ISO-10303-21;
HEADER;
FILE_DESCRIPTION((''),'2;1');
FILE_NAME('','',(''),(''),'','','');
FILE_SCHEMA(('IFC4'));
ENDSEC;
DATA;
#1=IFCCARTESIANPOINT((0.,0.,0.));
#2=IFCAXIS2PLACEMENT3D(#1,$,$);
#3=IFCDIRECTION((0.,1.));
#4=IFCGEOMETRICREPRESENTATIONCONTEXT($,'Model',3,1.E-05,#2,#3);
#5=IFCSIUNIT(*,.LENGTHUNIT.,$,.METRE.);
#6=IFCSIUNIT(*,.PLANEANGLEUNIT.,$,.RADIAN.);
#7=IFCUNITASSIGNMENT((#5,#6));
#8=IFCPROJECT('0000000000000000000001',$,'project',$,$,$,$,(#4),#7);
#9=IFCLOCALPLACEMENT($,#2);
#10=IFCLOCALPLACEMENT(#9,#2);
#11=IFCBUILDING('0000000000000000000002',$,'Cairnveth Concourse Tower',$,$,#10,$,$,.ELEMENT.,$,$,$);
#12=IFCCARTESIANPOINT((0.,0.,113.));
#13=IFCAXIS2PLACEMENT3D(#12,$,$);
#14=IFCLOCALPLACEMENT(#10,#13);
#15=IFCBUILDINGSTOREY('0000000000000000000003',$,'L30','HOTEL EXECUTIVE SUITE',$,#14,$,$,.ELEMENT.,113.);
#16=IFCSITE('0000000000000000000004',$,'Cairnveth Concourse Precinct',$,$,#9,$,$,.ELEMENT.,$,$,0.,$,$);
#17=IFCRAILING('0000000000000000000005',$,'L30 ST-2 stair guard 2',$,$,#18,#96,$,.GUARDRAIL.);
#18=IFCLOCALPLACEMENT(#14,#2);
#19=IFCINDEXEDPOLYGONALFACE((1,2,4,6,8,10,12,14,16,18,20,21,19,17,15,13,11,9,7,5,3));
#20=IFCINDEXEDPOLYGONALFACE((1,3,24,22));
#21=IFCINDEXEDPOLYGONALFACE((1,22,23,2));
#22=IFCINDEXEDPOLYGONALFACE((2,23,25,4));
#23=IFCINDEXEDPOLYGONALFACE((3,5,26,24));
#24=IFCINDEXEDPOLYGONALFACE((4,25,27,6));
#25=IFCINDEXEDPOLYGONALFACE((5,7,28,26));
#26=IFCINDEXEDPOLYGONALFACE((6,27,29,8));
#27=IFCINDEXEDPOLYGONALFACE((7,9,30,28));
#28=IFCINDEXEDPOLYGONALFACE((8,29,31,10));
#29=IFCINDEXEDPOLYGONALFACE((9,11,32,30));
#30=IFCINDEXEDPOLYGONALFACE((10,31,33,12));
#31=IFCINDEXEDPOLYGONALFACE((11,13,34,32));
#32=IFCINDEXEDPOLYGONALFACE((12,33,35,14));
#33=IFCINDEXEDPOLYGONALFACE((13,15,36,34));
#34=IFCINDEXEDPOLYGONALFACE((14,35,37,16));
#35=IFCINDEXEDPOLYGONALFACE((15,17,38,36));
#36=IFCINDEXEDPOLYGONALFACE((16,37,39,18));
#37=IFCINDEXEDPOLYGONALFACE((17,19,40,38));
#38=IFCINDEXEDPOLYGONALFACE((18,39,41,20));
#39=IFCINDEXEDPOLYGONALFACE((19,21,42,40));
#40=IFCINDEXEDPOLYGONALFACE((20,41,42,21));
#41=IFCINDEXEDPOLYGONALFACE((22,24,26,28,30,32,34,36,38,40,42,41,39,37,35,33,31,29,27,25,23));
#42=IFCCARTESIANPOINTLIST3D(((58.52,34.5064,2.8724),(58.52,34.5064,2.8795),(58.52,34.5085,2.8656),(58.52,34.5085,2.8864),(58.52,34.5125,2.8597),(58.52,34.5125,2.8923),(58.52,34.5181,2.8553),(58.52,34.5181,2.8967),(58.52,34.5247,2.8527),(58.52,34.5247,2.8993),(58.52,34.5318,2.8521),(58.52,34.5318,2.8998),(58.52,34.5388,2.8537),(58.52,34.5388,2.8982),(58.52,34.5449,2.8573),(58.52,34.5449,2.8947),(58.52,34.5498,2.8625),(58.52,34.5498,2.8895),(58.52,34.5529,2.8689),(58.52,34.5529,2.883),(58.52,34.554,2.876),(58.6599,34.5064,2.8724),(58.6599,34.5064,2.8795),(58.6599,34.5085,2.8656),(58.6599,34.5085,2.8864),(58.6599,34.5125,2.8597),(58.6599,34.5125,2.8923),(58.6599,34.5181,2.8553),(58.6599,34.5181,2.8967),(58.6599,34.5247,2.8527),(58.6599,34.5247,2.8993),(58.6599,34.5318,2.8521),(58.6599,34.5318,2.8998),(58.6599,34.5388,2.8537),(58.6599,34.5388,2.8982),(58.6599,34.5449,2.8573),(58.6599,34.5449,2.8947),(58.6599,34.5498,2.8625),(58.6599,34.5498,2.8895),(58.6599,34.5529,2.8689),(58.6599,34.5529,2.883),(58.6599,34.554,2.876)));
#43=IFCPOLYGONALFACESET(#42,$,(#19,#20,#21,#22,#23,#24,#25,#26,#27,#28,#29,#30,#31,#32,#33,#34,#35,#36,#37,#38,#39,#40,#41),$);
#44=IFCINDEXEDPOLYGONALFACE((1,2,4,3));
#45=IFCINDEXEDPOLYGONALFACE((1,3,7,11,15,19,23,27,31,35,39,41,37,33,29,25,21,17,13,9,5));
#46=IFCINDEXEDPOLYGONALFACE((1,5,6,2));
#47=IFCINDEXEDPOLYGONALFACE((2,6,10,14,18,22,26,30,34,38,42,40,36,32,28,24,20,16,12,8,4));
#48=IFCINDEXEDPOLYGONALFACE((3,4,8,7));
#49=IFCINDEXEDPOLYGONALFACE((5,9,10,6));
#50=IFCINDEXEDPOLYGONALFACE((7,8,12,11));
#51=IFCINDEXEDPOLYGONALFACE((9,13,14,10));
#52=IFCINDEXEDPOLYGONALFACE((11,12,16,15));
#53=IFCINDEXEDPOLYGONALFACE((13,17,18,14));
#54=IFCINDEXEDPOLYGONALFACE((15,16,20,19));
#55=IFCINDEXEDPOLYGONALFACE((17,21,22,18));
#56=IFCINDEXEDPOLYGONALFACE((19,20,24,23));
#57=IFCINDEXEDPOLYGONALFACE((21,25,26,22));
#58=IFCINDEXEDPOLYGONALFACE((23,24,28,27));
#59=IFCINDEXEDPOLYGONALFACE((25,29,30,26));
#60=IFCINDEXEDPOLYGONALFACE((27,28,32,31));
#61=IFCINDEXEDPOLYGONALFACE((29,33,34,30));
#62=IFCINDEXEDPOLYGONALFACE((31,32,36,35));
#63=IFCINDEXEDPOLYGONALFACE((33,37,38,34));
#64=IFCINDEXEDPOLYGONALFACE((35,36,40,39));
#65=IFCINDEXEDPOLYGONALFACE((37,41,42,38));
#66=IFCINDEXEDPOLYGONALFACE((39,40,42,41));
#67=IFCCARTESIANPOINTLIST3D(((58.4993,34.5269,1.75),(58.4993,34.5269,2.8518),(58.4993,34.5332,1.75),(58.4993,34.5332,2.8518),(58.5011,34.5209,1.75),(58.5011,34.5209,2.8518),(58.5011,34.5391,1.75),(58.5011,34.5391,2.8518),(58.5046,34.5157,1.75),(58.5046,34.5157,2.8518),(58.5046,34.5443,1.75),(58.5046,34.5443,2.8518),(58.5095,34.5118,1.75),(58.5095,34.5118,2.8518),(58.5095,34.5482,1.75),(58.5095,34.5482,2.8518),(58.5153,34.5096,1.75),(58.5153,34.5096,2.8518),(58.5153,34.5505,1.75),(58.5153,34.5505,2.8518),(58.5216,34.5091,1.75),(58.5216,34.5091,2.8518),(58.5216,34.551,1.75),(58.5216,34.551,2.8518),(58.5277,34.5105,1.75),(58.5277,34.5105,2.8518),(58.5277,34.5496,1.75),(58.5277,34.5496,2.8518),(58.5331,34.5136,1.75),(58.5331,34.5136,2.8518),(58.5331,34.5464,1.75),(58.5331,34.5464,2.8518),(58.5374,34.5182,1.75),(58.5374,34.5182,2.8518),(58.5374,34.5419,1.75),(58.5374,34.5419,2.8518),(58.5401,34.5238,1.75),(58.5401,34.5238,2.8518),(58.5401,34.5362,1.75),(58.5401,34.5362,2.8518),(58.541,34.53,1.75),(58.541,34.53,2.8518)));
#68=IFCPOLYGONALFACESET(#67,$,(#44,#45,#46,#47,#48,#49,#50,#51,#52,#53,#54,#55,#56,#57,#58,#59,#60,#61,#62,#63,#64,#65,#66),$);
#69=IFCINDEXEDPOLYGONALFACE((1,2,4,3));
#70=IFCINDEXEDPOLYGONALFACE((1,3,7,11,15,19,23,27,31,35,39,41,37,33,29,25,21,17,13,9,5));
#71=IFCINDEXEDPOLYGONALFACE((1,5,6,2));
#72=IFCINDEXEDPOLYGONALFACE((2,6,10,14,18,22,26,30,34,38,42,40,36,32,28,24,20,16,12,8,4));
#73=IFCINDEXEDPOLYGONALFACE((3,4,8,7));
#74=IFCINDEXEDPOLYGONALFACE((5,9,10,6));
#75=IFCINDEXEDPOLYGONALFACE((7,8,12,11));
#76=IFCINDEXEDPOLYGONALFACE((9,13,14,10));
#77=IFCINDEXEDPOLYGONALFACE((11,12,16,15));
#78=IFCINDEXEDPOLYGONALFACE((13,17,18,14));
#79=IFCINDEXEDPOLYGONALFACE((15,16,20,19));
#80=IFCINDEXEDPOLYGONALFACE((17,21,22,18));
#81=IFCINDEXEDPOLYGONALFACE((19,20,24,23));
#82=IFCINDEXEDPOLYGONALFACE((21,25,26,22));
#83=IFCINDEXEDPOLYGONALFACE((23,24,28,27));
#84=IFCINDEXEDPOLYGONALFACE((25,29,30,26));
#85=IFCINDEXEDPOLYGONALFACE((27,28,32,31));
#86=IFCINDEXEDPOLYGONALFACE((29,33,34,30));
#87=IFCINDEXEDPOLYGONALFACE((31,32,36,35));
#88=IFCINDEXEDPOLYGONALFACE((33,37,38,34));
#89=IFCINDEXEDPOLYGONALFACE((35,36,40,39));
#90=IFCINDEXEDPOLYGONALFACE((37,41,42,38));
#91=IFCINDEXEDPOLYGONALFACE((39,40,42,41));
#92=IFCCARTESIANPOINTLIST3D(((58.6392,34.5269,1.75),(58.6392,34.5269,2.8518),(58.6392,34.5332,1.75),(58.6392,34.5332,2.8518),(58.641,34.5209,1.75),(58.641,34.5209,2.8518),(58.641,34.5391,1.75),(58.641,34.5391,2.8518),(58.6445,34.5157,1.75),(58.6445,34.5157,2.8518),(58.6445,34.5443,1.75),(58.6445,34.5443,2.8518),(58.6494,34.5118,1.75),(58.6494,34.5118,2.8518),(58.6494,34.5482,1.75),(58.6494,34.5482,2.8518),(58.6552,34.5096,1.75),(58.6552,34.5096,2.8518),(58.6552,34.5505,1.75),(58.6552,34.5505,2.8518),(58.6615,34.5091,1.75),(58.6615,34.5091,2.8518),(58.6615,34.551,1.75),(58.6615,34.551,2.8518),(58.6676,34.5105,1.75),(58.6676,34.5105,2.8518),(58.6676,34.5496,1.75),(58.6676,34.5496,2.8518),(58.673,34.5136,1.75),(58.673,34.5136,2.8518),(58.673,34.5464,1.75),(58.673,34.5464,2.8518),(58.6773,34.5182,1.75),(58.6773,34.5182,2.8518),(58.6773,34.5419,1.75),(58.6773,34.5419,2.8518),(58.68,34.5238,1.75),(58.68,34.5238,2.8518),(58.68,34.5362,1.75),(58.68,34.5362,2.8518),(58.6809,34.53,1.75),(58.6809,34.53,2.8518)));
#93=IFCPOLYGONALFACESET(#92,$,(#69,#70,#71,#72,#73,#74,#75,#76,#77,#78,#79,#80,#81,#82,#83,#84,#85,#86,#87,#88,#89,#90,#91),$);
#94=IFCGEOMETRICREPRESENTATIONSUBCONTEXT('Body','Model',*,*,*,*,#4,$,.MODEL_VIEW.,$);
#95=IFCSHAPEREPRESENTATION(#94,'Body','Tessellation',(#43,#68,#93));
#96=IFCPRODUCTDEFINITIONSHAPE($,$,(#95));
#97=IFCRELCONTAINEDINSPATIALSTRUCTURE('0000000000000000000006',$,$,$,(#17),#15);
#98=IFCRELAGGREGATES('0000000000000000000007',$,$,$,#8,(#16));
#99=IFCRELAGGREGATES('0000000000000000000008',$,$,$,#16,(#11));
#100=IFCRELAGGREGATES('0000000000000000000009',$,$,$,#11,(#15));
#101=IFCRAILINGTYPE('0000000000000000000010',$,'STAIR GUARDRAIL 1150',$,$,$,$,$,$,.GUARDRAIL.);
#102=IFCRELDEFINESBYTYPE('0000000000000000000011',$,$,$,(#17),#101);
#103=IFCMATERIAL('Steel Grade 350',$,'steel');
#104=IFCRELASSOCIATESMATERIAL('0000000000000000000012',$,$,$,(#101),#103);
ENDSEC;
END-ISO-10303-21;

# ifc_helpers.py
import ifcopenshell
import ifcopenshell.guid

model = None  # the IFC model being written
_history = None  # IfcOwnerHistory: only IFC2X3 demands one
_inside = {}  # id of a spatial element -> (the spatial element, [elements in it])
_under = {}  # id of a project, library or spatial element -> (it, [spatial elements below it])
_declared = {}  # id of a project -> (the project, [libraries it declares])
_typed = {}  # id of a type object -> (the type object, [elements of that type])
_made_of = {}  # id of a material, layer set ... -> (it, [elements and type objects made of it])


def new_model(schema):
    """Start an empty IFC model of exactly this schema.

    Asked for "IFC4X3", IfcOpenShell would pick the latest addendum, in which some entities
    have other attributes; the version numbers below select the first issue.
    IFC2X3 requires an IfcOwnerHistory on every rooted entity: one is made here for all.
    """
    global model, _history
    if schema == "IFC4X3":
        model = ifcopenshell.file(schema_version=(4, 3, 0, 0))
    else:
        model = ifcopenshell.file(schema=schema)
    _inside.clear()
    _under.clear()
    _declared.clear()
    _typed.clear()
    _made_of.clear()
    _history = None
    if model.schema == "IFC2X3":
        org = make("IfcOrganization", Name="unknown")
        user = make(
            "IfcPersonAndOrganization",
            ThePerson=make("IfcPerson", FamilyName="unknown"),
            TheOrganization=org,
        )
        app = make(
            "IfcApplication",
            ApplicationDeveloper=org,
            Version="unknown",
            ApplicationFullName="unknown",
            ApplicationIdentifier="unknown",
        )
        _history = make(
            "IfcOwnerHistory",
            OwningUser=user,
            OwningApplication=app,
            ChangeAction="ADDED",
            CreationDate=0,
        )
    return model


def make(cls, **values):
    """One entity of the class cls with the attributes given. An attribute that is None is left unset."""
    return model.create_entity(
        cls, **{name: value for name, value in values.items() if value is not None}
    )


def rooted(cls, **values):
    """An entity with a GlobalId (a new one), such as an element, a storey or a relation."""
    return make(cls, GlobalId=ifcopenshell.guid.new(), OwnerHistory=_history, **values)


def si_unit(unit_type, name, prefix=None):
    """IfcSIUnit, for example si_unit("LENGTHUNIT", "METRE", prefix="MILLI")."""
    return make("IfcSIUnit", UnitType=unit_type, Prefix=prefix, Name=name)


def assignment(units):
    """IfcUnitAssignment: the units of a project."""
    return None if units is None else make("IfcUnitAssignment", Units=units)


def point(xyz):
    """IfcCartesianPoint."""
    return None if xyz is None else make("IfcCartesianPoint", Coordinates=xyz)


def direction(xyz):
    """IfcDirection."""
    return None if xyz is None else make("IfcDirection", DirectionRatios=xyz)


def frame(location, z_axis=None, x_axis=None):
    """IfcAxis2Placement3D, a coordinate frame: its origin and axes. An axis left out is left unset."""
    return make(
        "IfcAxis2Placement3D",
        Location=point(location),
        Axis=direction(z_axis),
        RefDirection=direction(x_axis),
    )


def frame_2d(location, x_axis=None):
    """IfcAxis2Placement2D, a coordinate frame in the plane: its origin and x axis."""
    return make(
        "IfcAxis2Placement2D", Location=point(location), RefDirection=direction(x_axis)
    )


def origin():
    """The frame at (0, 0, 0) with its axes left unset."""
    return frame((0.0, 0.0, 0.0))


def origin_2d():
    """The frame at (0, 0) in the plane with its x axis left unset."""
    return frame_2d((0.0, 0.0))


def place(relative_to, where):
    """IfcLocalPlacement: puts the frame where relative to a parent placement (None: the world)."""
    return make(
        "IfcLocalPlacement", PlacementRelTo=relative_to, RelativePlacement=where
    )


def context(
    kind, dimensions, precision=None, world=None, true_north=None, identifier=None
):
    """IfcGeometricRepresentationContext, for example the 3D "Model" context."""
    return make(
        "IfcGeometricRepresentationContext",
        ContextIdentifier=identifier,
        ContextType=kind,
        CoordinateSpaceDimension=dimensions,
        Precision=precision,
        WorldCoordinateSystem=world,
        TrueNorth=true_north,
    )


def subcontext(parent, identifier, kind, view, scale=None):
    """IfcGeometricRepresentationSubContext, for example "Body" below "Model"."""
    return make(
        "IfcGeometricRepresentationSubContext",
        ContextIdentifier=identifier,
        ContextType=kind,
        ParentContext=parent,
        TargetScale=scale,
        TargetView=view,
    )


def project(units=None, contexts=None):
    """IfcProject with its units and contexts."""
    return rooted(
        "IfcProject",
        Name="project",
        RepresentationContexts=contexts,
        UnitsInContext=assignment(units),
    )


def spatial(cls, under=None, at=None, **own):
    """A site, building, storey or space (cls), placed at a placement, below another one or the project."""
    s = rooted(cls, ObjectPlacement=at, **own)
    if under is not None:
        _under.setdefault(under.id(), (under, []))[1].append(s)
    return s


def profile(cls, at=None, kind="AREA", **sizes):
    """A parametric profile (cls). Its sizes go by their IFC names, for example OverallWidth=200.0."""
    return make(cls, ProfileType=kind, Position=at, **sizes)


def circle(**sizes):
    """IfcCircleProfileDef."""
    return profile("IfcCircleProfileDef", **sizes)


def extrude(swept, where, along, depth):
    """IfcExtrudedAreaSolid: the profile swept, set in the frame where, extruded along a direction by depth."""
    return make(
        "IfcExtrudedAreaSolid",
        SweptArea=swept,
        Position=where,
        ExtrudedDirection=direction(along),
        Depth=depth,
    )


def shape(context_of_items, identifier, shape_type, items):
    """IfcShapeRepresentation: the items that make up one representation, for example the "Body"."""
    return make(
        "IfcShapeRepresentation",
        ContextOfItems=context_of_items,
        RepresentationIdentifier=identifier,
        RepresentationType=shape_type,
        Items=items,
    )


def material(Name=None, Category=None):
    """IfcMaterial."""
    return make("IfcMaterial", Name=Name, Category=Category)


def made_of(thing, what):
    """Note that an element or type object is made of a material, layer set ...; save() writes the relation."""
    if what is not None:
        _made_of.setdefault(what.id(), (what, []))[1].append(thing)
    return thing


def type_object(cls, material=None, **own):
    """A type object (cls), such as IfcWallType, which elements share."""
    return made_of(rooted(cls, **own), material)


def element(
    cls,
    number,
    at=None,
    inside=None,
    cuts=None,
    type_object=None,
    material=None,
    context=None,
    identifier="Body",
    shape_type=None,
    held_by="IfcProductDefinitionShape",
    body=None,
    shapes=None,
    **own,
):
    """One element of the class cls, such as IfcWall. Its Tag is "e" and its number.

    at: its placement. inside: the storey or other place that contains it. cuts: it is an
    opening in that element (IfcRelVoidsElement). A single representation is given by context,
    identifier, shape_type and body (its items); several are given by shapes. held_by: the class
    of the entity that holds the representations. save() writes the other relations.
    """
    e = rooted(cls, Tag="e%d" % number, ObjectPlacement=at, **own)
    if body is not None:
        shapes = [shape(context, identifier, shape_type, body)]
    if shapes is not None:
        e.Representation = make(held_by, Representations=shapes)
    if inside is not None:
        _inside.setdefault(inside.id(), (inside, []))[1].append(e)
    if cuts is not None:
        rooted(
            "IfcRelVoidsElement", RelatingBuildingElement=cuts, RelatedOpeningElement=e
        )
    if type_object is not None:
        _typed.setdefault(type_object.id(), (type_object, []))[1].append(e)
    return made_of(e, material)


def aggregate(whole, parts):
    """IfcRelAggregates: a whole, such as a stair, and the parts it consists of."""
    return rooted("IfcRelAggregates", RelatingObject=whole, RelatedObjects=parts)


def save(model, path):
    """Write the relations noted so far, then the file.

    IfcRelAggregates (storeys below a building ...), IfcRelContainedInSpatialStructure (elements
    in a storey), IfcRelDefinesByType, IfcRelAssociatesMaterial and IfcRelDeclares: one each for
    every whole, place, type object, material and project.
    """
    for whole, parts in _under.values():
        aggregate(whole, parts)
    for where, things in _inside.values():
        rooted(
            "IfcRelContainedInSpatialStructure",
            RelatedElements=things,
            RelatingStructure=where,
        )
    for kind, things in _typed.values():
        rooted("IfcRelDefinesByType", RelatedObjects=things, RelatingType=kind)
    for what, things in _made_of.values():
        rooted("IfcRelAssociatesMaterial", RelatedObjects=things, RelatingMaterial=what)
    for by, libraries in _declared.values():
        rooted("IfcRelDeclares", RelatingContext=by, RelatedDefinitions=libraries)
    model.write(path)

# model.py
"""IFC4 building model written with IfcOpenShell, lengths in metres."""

from ifc_helpers import new_model, si_unit, direction, frame, origin, origin_2d, place, context, subcontext, project, spatial, circle, extrude, material, type_object, element, save


model = new_model("IFC4")

# Units and contexts
model_context = context("Model", 3, precision=1e-05, world=origin(), true_north=direction((0.0, 1.0)))
body_context = subcontext(model_context, "Body", "Model", "MODEL_VIEW")
ifc_project = project(units=[si_unit("LENGTHUNIT", "METRE"), si_unit("PLANEANGLEUNIT", "RADIAN")], contexts=[model_context])

# Site, building, storey
site_placement = place(None, origin())
site = spatial("IfcSite", under=ifc_project, at=site_placement, Name="Cairnveth Concourse Precinct", CompositionType="ELEMENT", RefElevation=0.0)
building_placement = place(site_placement, origin())
building = spatial("IfcBuilding", under=site, at=building_placement, Name="Cairnveth Concourse Tower", CompositionType="ELEMENT")
storey_placement = place(building_placement, frame((0.0, 0.0, 113.0)))
storey = spatial("IfcBuildingStorey", under=building, at=storey_placement, Name="L30", Description="HOTEL EXECUTIVE SUITE", CompositionType="ELEMENT", Elevation=113.0)

# Shared definitions
ifc_material_1 = material(Name="Steel Grade 350", Category="steel")

# Railing
railing_type_1 = type_object("IfcRailingType", Name="STAIR GUARDRAIL 1150", PredefinedType="GUARDRAIL", material=ifc_material_1)
railing_1_placement = place(storey_placement, frame((58.52, 34.53, 1.75)))
element("IfcRailing", 1, at=railing_1_placement, inside=storey, type_object=railing_type_1, Name="L30 ST-2 stair guard 2", PredefinedType="GUARDRAIL", context=body_context, shape_type="SweptSolid", body=[
    extrude(circle(Radius=0.0239, at=origin_2d()), frame((0.0, 0.0, 1.126), z_axis=(1.0, 0.0, 0.0), x_axis=(0.0, 1.0, 0.0)), (0.0, 0.0, 1.0), 0.1399),
    extrude(circle(Radius=0.021, at=origin_2d()), origin(), (0.0, 0.0, 1.0), 1.1018),
    extrude(circle(Radius=0.021, at=origin_2d()), frame((0.1399, 0.0, 0.0)), (0.0, 0.0, 1.0), 1.1018),
])

save(model, "model.ifc")
